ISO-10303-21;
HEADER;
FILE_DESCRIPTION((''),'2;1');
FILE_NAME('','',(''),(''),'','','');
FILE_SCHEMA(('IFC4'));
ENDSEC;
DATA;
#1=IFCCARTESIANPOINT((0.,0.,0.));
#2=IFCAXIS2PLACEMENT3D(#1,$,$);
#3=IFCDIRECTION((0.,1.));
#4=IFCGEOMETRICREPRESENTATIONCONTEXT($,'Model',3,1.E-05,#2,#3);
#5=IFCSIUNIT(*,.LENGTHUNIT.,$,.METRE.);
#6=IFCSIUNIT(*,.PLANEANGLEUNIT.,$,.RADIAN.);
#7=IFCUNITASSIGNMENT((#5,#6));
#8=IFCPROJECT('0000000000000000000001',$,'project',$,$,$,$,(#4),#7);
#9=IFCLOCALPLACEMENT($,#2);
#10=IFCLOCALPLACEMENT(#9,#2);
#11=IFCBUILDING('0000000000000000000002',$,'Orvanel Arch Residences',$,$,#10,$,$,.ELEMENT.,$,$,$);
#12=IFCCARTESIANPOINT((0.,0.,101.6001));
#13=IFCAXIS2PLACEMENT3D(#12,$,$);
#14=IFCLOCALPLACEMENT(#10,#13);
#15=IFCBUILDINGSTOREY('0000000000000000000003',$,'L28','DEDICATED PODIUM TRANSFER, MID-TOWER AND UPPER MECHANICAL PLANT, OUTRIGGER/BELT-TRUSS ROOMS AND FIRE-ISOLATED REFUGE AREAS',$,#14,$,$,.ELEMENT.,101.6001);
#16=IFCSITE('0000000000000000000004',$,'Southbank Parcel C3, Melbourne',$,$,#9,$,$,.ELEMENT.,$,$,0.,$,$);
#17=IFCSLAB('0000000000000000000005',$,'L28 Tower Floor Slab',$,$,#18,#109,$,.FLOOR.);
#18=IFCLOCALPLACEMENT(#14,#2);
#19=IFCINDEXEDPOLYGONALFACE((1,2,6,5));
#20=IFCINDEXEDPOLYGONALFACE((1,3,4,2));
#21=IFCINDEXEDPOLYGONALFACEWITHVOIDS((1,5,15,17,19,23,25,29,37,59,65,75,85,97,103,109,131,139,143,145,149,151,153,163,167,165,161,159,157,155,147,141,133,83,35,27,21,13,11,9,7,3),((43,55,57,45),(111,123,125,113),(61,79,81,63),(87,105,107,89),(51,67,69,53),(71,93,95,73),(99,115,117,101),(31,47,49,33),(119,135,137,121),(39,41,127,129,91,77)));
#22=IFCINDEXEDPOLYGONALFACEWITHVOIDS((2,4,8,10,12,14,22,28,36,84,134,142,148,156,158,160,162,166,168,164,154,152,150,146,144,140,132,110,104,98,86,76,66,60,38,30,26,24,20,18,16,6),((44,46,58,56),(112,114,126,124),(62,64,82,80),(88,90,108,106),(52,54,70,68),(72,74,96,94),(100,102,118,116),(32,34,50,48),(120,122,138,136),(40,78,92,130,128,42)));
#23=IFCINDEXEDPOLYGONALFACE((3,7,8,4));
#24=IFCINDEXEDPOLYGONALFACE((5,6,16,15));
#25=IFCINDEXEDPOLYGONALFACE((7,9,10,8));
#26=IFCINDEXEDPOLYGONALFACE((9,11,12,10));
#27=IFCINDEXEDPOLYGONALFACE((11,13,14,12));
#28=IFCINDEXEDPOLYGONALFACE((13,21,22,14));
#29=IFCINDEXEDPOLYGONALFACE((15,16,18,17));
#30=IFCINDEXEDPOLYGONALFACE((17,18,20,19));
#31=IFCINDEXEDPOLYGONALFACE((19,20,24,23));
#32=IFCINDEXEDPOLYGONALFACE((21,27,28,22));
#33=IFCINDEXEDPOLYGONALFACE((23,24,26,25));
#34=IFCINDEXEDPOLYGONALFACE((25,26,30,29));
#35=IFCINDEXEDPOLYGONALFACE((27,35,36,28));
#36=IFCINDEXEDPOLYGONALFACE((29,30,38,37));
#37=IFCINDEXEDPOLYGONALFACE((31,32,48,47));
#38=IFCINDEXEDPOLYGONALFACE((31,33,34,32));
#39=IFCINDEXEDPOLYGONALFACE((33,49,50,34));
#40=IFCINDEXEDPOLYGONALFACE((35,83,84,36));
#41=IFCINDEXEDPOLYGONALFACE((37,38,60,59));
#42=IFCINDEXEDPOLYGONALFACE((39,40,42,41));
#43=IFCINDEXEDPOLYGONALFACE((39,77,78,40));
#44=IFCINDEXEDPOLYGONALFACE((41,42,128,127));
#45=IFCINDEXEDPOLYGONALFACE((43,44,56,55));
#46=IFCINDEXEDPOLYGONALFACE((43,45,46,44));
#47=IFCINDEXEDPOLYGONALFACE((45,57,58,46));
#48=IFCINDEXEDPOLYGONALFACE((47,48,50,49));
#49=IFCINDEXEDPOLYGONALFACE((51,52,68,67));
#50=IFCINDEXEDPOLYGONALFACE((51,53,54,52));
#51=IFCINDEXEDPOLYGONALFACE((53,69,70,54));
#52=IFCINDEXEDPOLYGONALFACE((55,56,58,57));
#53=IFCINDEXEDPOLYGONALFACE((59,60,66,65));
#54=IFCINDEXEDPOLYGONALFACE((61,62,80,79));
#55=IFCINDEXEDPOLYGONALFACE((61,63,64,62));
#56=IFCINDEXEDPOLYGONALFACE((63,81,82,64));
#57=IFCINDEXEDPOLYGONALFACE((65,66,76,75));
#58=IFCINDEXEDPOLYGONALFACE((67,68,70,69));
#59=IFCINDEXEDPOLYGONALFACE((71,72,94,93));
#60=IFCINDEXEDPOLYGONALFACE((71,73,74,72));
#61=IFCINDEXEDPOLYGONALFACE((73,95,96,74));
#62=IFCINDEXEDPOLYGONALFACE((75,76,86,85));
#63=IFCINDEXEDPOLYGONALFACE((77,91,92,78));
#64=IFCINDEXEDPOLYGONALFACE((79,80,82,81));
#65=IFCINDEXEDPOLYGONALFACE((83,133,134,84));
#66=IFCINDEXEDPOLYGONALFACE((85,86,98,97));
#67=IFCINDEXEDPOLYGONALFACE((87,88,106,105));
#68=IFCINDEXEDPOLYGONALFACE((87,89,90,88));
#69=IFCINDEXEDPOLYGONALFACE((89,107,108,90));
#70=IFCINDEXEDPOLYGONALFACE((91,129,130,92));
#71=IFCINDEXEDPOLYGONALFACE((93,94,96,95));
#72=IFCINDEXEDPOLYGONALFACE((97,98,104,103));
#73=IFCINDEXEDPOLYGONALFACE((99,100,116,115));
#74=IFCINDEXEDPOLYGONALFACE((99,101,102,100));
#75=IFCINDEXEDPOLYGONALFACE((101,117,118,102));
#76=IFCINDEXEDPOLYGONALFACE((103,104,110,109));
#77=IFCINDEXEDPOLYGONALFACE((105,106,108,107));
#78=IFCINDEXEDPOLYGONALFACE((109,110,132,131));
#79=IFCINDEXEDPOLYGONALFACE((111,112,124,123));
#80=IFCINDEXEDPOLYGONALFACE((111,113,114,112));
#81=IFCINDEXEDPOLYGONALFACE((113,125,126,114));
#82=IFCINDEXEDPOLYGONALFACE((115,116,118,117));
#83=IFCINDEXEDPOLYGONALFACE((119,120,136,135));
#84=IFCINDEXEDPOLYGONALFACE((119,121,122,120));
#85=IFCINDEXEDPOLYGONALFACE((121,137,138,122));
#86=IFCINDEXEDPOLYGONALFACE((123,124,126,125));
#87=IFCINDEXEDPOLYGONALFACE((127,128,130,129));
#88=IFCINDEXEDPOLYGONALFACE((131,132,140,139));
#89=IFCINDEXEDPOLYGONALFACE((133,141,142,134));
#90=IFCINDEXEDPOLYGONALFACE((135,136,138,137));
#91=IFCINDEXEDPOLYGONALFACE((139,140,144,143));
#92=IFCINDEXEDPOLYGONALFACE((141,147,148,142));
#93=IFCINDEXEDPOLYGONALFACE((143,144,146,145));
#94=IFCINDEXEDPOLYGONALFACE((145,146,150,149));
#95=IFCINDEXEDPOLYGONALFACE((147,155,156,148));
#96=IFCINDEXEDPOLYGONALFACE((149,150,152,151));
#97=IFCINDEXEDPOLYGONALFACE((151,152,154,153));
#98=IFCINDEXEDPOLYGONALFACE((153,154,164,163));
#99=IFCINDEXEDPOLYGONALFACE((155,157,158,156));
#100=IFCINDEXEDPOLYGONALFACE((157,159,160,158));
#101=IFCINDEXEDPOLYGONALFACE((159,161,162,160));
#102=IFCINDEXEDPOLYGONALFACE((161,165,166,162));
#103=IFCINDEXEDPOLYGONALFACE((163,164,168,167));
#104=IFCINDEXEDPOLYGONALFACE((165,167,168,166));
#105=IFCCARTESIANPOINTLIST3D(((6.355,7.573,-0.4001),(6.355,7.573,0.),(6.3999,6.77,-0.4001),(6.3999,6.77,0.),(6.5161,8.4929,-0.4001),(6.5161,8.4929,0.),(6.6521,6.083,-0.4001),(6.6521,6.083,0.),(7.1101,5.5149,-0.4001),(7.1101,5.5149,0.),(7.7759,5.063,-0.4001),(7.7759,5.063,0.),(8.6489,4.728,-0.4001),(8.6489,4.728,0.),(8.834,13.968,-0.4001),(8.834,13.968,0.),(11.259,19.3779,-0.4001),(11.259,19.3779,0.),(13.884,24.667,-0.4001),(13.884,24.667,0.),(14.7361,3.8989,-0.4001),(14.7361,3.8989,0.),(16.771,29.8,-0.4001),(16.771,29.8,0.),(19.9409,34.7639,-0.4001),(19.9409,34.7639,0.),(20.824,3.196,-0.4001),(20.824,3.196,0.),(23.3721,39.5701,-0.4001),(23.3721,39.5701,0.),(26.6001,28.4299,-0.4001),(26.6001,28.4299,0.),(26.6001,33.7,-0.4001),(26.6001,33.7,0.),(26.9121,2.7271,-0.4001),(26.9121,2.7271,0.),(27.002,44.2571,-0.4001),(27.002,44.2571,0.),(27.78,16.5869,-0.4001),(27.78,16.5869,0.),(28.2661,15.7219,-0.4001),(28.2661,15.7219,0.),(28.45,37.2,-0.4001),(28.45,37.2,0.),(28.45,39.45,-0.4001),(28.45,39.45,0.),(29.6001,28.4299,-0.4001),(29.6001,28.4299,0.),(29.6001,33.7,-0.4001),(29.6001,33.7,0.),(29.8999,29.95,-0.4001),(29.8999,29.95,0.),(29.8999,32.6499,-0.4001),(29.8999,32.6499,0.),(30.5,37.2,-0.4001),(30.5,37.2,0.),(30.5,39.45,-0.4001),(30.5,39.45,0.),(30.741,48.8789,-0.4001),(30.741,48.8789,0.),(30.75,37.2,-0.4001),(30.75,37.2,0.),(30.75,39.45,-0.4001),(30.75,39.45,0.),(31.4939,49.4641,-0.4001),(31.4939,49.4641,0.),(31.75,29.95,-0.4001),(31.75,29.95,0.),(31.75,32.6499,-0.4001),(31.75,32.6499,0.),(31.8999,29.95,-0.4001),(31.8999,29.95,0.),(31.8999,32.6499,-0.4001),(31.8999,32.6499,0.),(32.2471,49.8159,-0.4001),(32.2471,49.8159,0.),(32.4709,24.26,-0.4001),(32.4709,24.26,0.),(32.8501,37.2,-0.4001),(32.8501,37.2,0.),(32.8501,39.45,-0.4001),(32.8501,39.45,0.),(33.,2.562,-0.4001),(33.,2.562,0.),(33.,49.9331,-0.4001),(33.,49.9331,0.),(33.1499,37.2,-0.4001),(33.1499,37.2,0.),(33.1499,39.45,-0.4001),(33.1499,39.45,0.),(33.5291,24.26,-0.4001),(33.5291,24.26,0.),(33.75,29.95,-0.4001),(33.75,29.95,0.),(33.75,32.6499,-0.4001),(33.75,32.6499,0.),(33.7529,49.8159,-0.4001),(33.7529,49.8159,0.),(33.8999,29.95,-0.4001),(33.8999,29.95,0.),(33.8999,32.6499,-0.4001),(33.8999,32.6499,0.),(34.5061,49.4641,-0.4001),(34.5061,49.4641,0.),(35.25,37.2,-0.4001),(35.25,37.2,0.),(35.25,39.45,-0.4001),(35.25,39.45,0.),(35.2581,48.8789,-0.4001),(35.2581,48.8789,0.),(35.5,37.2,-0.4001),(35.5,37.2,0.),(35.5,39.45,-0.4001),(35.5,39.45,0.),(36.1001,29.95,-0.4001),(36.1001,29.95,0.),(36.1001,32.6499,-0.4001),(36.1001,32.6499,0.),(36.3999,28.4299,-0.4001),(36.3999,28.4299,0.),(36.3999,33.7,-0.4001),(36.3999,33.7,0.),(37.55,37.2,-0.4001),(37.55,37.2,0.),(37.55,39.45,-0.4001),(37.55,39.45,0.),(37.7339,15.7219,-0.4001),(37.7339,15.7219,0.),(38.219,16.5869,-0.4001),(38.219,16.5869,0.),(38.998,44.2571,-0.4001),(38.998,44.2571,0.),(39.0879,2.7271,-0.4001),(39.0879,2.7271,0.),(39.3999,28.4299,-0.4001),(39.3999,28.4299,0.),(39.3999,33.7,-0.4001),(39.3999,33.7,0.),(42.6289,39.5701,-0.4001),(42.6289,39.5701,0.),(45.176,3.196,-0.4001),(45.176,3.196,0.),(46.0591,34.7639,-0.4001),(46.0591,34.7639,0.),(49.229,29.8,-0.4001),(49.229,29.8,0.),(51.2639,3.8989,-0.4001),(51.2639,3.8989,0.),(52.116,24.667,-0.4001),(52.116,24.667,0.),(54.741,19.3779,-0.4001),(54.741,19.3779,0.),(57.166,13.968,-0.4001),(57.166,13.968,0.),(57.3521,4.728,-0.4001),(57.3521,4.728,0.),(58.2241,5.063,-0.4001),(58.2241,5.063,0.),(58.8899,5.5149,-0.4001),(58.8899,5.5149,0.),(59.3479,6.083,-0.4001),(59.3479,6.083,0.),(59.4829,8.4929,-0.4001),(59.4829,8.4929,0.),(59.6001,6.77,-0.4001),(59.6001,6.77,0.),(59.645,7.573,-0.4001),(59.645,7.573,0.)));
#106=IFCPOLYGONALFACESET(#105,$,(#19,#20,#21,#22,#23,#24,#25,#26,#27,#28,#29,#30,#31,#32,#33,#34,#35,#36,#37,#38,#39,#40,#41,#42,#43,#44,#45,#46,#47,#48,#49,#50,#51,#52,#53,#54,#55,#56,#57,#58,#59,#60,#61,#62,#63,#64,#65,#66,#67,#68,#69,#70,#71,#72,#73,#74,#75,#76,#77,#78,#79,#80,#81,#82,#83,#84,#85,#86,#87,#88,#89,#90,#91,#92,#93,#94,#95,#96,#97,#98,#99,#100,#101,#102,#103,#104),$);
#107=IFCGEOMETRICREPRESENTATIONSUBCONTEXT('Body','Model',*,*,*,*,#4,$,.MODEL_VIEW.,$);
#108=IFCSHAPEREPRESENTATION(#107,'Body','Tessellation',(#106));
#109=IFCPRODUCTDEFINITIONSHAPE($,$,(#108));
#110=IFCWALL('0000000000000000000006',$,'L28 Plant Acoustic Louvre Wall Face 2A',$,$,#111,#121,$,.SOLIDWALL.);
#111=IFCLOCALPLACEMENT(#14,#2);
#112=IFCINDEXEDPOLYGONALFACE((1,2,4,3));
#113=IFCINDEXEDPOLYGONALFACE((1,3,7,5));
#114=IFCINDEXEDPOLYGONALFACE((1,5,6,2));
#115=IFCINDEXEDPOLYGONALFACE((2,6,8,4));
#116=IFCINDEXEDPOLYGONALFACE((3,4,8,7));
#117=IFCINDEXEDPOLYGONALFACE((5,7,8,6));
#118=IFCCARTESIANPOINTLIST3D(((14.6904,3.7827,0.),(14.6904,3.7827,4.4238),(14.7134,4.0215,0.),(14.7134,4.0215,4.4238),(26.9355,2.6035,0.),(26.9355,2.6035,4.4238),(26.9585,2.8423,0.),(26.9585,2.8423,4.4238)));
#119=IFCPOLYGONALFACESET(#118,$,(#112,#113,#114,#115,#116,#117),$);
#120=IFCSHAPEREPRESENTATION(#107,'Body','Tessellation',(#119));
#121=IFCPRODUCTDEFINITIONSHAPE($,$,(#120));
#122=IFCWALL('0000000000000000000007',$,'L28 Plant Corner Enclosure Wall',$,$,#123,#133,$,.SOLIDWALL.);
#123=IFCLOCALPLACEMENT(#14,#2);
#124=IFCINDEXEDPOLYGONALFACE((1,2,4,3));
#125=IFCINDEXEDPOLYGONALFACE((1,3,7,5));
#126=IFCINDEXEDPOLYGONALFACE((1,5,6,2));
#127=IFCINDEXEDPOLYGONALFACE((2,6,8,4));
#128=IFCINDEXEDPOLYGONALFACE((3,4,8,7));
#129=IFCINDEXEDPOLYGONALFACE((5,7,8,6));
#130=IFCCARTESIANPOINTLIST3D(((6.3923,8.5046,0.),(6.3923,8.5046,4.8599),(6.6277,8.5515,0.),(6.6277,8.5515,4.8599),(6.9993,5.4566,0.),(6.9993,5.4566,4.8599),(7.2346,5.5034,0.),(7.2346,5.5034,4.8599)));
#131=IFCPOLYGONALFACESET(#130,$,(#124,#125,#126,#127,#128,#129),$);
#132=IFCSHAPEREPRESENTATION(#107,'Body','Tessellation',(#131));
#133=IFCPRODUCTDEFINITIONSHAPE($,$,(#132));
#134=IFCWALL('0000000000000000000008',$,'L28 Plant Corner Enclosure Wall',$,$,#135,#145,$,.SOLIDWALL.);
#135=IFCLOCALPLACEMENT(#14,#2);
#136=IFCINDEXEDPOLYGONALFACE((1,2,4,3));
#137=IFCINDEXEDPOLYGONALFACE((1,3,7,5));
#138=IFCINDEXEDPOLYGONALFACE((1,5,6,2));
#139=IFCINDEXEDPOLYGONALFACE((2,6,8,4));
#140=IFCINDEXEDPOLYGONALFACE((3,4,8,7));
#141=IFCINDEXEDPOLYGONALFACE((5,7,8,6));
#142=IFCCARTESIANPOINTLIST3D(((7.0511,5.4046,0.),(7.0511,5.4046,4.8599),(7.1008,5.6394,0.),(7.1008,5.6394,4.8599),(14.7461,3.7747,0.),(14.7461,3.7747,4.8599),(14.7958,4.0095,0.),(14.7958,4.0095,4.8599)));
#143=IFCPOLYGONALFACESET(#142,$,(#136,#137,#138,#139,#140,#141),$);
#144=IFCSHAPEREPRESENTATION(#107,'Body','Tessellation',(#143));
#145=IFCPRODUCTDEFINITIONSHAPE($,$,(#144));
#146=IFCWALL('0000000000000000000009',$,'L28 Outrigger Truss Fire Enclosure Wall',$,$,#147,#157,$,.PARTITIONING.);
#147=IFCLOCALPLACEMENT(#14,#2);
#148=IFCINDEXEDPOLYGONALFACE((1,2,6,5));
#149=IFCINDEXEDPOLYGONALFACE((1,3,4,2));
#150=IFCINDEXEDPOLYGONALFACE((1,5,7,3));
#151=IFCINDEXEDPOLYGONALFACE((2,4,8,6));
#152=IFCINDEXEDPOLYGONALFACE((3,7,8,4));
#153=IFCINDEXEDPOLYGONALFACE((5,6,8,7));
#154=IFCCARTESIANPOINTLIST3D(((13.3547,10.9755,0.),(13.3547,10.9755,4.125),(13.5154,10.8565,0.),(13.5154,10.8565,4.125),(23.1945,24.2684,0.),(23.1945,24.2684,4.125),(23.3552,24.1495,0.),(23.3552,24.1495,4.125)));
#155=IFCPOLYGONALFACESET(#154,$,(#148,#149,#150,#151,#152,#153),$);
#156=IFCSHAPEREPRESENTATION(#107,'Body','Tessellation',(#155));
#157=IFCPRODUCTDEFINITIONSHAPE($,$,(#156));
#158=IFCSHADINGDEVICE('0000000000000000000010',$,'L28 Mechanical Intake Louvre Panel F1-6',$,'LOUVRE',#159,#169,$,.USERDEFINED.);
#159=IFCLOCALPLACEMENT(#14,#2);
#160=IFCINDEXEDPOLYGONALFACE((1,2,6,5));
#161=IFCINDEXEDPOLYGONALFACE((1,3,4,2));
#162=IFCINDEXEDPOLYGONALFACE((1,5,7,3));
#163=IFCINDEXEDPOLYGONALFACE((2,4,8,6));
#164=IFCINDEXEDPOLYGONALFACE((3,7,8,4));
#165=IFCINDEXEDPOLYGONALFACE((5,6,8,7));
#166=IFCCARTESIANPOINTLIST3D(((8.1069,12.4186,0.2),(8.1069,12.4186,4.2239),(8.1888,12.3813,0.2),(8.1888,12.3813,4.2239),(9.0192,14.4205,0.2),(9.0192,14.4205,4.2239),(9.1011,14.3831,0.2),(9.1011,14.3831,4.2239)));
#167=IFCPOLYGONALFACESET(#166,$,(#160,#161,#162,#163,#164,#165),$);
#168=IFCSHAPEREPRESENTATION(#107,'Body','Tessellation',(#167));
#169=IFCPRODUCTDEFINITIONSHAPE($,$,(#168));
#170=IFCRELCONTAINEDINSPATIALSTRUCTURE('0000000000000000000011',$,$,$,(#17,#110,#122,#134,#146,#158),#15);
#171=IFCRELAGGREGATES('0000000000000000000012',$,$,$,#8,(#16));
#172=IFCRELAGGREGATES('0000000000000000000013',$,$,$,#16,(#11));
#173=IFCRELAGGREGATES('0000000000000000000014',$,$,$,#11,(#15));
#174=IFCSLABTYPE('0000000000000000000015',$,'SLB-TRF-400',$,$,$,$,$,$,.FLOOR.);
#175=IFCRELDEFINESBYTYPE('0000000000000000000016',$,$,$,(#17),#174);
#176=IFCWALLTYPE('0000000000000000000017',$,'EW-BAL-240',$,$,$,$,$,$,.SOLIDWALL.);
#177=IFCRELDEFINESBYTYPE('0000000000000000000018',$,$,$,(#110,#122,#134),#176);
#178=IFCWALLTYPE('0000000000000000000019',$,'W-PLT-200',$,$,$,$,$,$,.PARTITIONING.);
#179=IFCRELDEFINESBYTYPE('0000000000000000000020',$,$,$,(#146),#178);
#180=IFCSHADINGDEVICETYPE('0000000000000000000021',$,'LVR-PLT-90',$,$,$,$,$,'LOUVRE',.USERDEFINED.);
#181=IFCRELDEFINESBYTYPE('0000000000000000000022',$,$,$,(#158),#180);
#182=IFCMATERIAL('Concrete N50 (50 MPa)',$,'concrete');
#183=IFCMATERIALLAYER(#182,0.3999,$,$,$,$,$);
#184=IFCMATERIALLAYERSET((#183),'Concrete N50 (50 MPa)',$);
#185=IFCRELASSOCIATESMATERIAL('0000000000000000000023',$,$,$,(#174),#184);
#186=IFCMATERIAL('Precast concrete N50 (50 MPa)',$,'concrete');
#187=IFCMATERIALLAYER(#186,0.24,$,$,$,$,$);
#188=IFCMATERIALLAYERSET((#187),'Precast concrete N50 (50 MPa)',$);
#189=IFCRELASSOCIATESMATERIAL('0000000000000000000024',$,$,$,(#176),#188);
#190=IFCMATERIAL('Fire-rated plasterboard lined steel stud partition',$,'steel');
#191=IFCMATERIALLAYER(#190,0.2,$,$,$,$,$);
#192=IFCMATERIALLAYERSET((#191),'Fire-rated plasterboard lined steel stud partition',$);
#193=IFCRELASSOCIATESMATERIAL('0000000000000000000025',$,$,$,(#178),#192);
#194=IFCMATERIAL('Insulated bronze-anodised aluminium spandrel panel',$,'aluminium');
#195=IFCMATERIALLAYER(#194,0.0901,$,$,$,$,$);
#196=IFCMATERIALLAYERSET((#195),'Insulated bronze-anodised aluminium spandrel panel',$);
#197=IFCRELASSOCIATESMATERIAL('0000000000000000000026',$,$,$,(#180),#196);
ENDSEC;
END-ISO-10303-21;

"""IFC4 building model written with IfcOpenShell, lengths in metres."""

from ifc_helpers import new_model, si_unit, direction, frame, frame_2d, origin, origin_2d, place, context, subcontext, project, spatial, polyline, rectangle, outline, extrude, material, layer, layer_set, type_object, element, save


model = new_model("IFC4")

# Units and contexts
model_context = context("Model", 3, precision=1e-05, world=origin(), true_north=direction((0.0, 1.0)))
body_context = subcontext(model_context, "Body", "Model", "MODEL_VIEW")
ifc_project = project(units=[si_unit("LENGTHUNIT", "METRE"), si_unit("PLANEANGLEUNIT", "RADIAN")], contexts=[model_context])

# Site, building, storey
site_placement = place(None, origin())
site = spatial("IfcSite", under=ifc_project, at=site_placement, Name="Southbank Parcel C3, Melbourne", CompositionType="ELEMENT", RefElevation=0.0)
building_placement = place(site_placement, origin())
building = spatial("IfcBuilding", under=site, at=building_placement, Name="Orvanel Arch Residences", CompositionType="ELEMENT")
storey_placement = place(building_placement, frame((0.0, 0.0, 101.6001)))
storey = spatial("IfcBuildingStorey", under=building, at=storey_placement, Name="L28", Description="DEDICATED PODIUM TRANSFER, MID-TOWER AND UPPER MECHANICAL PLANT, OUTRIGGER/BELT-TRUSS ROOMS AND FIRE-ISOLATED REFUGE AREAS", CompositionType="ELEMENT", Elevation=101.6001)

# Shared definitions
ifc_material_1 = material(Name="Precast concrete N50 (50 MPa)", Category="concrete")

# Slab
ifc_material_2 = material(Name="Concrete N50 (50 MPa)", Category="concrete")
ifc_layer_1 = layer(ifc_material_2, 0.3999)
ifc_layer_set_1 = layer_set([ifc_layer_1], Name="Concrete N50 (50 MPa)")
slab_type_1 = type_object("IfcSlabType", Name="SLB-TRF-400", PredefinedType="FLOOR", material=ifc_layer_set_1)
slab_1_placement = place(storey_placement, frame((0.0, 0.0, -0.4001)))
element("IfcSlab", 1, at=slab_1_placement, inside=storey, type_object=slab_type_1, Name="L28 Tower Floor Slab", PredefinedType="FLOOR", context=body_context, shape_type="SweptSolid", body=[
    extrude(outline(polyline([(35.2581, 48.8789), (34.5061, 49.4641), (33.7529, 49.8159), (33.0, 49.9331), (32.2471, 49.8159), (31.4939, 49.4641), (30.741, 48.8789), (27.002, 44.2571), (23.3721, 39.5701), (19.9409, 34.7639), (16.771, 29.8), (13.884, 24.667), (11.259, 19.3779), (8.834, 13.968), (6.5161, 8.4929), (6.355, 7.573), (6.3999, 6.77), (6.6521, 6.083), (7.1101, 5.5149), (7.7759, 5.063), (8.6489, 4.728), (14.7361, 3.8989), (20.824, 3.196), (26.9121, 2.7271), (33.0, 2.562), (39.0879, 2.7271), (45.176, 3.196), (51.2639, 3.8989), (57.3521, 4.728), (58.2241, 5.063), (58.8899, 5.5149), (59.3479, 6.083), (59.6001, 6.77), (59.645, 7.573), (59.4829, 8.4929), (57.166, 13.968), (54.741, 19.3779), (52.116, 24.667), (49.229, 29.8), (46.0591, 34.7639), (42.6289, 39.5701), (38.998, 44.2571), (35.2581, 48.8789)]), holes=[polyline([(26.6001, 28.4299), (26.6001, 33.7), (29.6001, 33.7), (29.6001, 28.4299), (26.6001, 28.4299)]), polyline([(36.3999, 28.4299), (36.3999, 33.7), (39.3999, 33.7), (39.3999, 28.4299), (36.3999, 28.4299)]), polyline([(29.8999, 32.6499), (31.75, 32.6499), (31.75, 29.95), (29.8999, 29.95), (29.8999, 32.6499)]), polyline([(31.8999, 32.6499), (33.75, 32.6499), (33.75, 29.95), (31.8999, 29.95), (31.8999, 32.6499)]), polyline([(33.8999, 32.6499), (36.1001, 32.6499), (36.1001, 29.95), (33.8999, 29.95), (33.8999, 32.6499)]), polyline([(28.45, 39.45), (30.5, 39.45), (30.5, 37.2), (28.45, 37.2), (28.45, 39.45)]), polyline([(35.5, 39.45), (37.55, 39.45), (37.55, 37.2), (35.5, 37.2), (35.5, 39.45)]), polyline([(30.75, 39.45), (32.8501, 39.45), (32.8501, 37.2), (30.75, 37.2), (30.75, 39.45)]), polyline([(33.1499, 39.45), (35.25, 39.45), (35.25, 37.2), (33.1499, 37.2), (33.1499, 39.45)]), polyline([(38.219, 16.5869), (37.7339, 15.7219), (28.2661, 15.7219), (27.78, 16.5869), (32.4709, 24.26), (33.5291, 24.26), (38.219, 16.5869)])]), origin(), (0.0, 0.0, 1.0), 0.4001),
])

# Walls
ifc_layer_2 = layer(ifc_material_1, 0.24)
ifc_layer_set_2 = layer_set([ifc_layer_2], Name="Precast concrete N50 (50 MPa)")
wall_type_1 = type_object("IfcWallType", Name="EW-BAL-240", PredefinedType="SOLIDWALL", material=ifc_layer_set_2)
wall_1_placement = place(storey_placement, frame((14.7019, 3.9021, 0.0), z_axis=(0.0, 0.0, 1.0), x_axis=(0.995395, -0.095856, 0.0)))
element("IfcWall", 2, at=wall_1_placement, inside=storey, type_object=wall_type_1, Name="L28 Plant Acoustic Louvre Wall Face 2A", PredefinedType="SOLIDWALL", context=body_context, shape_type="SweptSolid", body=[
    extrude(rectangle(XDim=12.3018, YDim=0.24, at=frame_2d((6.1509, 0.0))), origin(), (0.0, 0.0, 1.0), 4.4238),
])
wall_2_placement = place(storey_placement, frame((6.51, 8.5281, 0.0), z_axis=(0.0, 0.0, 1.0), x_axis=(0.195285, -0.980746, 0.0)))
element("IfcWall", 3, at=wall_2_placement, inside=storey, type_object=wall_type_1, Name="L28 Plant Corner Enclosure Wall", PredefinedType="SOLIDWALL", context=body_context, shape_type="SweptSolid", body=[
    extrude(rectangle(XDim=3.1079, YDim=0.24, at=frame_2d((1.554, 0.0))), origin(), (0.0, 0.0, 1.0), 4.8599),
])
wall_3_placement = place(storey_placement, frame((7.0759, 5.522, 0.0), z_axis=(0.0, 0.0, 1.0), x_axis=(0.978296, -0.207212, 0.0)))
element("IfcWall", 4, at=wall_3_placement, inside=storey, type_object=wall_type_1, Name="L28 Plant Corner Enclosure Wall", PredefinedType="SOLIDWALL", context=body_context, shape_type="SweptSolid", body=[
    extrude(rectangle(XDim=7.8657, YDim=0.24, at=frame_2d((3.9329, 0.0))), origin(), (0.0, 0.0, 1.0), 4.8599),
])
ifc_material_3 = material(Name="Fire-rated plasterboard lined steel stud partition", Category="steel")
ifc_layer_3 = layer(ifc_material_3, 0.2)
ifc_layer_set_3 = layer_set([ifc_layer_3], Name="Fire-rated plasterboard lined steel stud partition")
wall_type_2 = type_object("IfcWallType", Name="W-PLT-200", PredefinedType="PARTITIONING", material=ifc_layer_set_3)
wall_4_placement = place(storey_placement, frame((13.4351, 10.916, 0.0), z_axis=(0.0, 0.0, 1.0), x_axis=(0.594962, 0.803754, 0.0)))
element("IfcWall", 5, at=wall_4_placement, inside=storey, type_object=wall_type_2, Name="L28 Outrigger Truss Fire Enclosure Wall", PredefinedType="PARTITIONING", context=body_context, shape_type="SweptSolid", body=[
    extrude(rectangle(XDim=16.5386, YDim=0.2, at=frame_2d((8.2693, 0.0))), origin(), (0.0, 0.0, 1.0), 4.125),
])

# Shading device
ifc_material_4 = material(Name="Insulated bronze-anodised aluminium spandrel panel", Category="aluminium")
ifc_layer_4 = layer(ifc_material_4, 0.0901)
ifc_layer_set_4 = layer_set([ifc_layer_4], Name="Insulated bronze-anodised aluminium spandrel panel")
shading_device_type = type_object("IfcShadingDeviceType", Name="LVR-PLT-90", ElementType="LOUVRE", PredefinedType="USERDEFINED", material=ifc_layer_set_4)
shading_device_placement = place(storey_placement, frame((8.604, 13.4009, 0.2), z_axis=(0.0, 0.0, 1.0), x_axis=(-0.414693, -0.909961, 0.0)))
element("IfcShadingDevice", 6, at=shading_device_placement, inside=storey, type_object=shading_device_type, Name="L28 Mechanical Intake Louvre Panel F1-6", ObjectType="LOUVRE", PredefinedType="USERDEFINED", context=body_context, shape_type="SweptSolid", body=[
    extrude(rectangle(XDim=2.2, YDim=0.0901, at=origin_2d()), origin(), (0.0, 0.0, 1.0), 4.0239),
])

save(model, "model.ifc")
